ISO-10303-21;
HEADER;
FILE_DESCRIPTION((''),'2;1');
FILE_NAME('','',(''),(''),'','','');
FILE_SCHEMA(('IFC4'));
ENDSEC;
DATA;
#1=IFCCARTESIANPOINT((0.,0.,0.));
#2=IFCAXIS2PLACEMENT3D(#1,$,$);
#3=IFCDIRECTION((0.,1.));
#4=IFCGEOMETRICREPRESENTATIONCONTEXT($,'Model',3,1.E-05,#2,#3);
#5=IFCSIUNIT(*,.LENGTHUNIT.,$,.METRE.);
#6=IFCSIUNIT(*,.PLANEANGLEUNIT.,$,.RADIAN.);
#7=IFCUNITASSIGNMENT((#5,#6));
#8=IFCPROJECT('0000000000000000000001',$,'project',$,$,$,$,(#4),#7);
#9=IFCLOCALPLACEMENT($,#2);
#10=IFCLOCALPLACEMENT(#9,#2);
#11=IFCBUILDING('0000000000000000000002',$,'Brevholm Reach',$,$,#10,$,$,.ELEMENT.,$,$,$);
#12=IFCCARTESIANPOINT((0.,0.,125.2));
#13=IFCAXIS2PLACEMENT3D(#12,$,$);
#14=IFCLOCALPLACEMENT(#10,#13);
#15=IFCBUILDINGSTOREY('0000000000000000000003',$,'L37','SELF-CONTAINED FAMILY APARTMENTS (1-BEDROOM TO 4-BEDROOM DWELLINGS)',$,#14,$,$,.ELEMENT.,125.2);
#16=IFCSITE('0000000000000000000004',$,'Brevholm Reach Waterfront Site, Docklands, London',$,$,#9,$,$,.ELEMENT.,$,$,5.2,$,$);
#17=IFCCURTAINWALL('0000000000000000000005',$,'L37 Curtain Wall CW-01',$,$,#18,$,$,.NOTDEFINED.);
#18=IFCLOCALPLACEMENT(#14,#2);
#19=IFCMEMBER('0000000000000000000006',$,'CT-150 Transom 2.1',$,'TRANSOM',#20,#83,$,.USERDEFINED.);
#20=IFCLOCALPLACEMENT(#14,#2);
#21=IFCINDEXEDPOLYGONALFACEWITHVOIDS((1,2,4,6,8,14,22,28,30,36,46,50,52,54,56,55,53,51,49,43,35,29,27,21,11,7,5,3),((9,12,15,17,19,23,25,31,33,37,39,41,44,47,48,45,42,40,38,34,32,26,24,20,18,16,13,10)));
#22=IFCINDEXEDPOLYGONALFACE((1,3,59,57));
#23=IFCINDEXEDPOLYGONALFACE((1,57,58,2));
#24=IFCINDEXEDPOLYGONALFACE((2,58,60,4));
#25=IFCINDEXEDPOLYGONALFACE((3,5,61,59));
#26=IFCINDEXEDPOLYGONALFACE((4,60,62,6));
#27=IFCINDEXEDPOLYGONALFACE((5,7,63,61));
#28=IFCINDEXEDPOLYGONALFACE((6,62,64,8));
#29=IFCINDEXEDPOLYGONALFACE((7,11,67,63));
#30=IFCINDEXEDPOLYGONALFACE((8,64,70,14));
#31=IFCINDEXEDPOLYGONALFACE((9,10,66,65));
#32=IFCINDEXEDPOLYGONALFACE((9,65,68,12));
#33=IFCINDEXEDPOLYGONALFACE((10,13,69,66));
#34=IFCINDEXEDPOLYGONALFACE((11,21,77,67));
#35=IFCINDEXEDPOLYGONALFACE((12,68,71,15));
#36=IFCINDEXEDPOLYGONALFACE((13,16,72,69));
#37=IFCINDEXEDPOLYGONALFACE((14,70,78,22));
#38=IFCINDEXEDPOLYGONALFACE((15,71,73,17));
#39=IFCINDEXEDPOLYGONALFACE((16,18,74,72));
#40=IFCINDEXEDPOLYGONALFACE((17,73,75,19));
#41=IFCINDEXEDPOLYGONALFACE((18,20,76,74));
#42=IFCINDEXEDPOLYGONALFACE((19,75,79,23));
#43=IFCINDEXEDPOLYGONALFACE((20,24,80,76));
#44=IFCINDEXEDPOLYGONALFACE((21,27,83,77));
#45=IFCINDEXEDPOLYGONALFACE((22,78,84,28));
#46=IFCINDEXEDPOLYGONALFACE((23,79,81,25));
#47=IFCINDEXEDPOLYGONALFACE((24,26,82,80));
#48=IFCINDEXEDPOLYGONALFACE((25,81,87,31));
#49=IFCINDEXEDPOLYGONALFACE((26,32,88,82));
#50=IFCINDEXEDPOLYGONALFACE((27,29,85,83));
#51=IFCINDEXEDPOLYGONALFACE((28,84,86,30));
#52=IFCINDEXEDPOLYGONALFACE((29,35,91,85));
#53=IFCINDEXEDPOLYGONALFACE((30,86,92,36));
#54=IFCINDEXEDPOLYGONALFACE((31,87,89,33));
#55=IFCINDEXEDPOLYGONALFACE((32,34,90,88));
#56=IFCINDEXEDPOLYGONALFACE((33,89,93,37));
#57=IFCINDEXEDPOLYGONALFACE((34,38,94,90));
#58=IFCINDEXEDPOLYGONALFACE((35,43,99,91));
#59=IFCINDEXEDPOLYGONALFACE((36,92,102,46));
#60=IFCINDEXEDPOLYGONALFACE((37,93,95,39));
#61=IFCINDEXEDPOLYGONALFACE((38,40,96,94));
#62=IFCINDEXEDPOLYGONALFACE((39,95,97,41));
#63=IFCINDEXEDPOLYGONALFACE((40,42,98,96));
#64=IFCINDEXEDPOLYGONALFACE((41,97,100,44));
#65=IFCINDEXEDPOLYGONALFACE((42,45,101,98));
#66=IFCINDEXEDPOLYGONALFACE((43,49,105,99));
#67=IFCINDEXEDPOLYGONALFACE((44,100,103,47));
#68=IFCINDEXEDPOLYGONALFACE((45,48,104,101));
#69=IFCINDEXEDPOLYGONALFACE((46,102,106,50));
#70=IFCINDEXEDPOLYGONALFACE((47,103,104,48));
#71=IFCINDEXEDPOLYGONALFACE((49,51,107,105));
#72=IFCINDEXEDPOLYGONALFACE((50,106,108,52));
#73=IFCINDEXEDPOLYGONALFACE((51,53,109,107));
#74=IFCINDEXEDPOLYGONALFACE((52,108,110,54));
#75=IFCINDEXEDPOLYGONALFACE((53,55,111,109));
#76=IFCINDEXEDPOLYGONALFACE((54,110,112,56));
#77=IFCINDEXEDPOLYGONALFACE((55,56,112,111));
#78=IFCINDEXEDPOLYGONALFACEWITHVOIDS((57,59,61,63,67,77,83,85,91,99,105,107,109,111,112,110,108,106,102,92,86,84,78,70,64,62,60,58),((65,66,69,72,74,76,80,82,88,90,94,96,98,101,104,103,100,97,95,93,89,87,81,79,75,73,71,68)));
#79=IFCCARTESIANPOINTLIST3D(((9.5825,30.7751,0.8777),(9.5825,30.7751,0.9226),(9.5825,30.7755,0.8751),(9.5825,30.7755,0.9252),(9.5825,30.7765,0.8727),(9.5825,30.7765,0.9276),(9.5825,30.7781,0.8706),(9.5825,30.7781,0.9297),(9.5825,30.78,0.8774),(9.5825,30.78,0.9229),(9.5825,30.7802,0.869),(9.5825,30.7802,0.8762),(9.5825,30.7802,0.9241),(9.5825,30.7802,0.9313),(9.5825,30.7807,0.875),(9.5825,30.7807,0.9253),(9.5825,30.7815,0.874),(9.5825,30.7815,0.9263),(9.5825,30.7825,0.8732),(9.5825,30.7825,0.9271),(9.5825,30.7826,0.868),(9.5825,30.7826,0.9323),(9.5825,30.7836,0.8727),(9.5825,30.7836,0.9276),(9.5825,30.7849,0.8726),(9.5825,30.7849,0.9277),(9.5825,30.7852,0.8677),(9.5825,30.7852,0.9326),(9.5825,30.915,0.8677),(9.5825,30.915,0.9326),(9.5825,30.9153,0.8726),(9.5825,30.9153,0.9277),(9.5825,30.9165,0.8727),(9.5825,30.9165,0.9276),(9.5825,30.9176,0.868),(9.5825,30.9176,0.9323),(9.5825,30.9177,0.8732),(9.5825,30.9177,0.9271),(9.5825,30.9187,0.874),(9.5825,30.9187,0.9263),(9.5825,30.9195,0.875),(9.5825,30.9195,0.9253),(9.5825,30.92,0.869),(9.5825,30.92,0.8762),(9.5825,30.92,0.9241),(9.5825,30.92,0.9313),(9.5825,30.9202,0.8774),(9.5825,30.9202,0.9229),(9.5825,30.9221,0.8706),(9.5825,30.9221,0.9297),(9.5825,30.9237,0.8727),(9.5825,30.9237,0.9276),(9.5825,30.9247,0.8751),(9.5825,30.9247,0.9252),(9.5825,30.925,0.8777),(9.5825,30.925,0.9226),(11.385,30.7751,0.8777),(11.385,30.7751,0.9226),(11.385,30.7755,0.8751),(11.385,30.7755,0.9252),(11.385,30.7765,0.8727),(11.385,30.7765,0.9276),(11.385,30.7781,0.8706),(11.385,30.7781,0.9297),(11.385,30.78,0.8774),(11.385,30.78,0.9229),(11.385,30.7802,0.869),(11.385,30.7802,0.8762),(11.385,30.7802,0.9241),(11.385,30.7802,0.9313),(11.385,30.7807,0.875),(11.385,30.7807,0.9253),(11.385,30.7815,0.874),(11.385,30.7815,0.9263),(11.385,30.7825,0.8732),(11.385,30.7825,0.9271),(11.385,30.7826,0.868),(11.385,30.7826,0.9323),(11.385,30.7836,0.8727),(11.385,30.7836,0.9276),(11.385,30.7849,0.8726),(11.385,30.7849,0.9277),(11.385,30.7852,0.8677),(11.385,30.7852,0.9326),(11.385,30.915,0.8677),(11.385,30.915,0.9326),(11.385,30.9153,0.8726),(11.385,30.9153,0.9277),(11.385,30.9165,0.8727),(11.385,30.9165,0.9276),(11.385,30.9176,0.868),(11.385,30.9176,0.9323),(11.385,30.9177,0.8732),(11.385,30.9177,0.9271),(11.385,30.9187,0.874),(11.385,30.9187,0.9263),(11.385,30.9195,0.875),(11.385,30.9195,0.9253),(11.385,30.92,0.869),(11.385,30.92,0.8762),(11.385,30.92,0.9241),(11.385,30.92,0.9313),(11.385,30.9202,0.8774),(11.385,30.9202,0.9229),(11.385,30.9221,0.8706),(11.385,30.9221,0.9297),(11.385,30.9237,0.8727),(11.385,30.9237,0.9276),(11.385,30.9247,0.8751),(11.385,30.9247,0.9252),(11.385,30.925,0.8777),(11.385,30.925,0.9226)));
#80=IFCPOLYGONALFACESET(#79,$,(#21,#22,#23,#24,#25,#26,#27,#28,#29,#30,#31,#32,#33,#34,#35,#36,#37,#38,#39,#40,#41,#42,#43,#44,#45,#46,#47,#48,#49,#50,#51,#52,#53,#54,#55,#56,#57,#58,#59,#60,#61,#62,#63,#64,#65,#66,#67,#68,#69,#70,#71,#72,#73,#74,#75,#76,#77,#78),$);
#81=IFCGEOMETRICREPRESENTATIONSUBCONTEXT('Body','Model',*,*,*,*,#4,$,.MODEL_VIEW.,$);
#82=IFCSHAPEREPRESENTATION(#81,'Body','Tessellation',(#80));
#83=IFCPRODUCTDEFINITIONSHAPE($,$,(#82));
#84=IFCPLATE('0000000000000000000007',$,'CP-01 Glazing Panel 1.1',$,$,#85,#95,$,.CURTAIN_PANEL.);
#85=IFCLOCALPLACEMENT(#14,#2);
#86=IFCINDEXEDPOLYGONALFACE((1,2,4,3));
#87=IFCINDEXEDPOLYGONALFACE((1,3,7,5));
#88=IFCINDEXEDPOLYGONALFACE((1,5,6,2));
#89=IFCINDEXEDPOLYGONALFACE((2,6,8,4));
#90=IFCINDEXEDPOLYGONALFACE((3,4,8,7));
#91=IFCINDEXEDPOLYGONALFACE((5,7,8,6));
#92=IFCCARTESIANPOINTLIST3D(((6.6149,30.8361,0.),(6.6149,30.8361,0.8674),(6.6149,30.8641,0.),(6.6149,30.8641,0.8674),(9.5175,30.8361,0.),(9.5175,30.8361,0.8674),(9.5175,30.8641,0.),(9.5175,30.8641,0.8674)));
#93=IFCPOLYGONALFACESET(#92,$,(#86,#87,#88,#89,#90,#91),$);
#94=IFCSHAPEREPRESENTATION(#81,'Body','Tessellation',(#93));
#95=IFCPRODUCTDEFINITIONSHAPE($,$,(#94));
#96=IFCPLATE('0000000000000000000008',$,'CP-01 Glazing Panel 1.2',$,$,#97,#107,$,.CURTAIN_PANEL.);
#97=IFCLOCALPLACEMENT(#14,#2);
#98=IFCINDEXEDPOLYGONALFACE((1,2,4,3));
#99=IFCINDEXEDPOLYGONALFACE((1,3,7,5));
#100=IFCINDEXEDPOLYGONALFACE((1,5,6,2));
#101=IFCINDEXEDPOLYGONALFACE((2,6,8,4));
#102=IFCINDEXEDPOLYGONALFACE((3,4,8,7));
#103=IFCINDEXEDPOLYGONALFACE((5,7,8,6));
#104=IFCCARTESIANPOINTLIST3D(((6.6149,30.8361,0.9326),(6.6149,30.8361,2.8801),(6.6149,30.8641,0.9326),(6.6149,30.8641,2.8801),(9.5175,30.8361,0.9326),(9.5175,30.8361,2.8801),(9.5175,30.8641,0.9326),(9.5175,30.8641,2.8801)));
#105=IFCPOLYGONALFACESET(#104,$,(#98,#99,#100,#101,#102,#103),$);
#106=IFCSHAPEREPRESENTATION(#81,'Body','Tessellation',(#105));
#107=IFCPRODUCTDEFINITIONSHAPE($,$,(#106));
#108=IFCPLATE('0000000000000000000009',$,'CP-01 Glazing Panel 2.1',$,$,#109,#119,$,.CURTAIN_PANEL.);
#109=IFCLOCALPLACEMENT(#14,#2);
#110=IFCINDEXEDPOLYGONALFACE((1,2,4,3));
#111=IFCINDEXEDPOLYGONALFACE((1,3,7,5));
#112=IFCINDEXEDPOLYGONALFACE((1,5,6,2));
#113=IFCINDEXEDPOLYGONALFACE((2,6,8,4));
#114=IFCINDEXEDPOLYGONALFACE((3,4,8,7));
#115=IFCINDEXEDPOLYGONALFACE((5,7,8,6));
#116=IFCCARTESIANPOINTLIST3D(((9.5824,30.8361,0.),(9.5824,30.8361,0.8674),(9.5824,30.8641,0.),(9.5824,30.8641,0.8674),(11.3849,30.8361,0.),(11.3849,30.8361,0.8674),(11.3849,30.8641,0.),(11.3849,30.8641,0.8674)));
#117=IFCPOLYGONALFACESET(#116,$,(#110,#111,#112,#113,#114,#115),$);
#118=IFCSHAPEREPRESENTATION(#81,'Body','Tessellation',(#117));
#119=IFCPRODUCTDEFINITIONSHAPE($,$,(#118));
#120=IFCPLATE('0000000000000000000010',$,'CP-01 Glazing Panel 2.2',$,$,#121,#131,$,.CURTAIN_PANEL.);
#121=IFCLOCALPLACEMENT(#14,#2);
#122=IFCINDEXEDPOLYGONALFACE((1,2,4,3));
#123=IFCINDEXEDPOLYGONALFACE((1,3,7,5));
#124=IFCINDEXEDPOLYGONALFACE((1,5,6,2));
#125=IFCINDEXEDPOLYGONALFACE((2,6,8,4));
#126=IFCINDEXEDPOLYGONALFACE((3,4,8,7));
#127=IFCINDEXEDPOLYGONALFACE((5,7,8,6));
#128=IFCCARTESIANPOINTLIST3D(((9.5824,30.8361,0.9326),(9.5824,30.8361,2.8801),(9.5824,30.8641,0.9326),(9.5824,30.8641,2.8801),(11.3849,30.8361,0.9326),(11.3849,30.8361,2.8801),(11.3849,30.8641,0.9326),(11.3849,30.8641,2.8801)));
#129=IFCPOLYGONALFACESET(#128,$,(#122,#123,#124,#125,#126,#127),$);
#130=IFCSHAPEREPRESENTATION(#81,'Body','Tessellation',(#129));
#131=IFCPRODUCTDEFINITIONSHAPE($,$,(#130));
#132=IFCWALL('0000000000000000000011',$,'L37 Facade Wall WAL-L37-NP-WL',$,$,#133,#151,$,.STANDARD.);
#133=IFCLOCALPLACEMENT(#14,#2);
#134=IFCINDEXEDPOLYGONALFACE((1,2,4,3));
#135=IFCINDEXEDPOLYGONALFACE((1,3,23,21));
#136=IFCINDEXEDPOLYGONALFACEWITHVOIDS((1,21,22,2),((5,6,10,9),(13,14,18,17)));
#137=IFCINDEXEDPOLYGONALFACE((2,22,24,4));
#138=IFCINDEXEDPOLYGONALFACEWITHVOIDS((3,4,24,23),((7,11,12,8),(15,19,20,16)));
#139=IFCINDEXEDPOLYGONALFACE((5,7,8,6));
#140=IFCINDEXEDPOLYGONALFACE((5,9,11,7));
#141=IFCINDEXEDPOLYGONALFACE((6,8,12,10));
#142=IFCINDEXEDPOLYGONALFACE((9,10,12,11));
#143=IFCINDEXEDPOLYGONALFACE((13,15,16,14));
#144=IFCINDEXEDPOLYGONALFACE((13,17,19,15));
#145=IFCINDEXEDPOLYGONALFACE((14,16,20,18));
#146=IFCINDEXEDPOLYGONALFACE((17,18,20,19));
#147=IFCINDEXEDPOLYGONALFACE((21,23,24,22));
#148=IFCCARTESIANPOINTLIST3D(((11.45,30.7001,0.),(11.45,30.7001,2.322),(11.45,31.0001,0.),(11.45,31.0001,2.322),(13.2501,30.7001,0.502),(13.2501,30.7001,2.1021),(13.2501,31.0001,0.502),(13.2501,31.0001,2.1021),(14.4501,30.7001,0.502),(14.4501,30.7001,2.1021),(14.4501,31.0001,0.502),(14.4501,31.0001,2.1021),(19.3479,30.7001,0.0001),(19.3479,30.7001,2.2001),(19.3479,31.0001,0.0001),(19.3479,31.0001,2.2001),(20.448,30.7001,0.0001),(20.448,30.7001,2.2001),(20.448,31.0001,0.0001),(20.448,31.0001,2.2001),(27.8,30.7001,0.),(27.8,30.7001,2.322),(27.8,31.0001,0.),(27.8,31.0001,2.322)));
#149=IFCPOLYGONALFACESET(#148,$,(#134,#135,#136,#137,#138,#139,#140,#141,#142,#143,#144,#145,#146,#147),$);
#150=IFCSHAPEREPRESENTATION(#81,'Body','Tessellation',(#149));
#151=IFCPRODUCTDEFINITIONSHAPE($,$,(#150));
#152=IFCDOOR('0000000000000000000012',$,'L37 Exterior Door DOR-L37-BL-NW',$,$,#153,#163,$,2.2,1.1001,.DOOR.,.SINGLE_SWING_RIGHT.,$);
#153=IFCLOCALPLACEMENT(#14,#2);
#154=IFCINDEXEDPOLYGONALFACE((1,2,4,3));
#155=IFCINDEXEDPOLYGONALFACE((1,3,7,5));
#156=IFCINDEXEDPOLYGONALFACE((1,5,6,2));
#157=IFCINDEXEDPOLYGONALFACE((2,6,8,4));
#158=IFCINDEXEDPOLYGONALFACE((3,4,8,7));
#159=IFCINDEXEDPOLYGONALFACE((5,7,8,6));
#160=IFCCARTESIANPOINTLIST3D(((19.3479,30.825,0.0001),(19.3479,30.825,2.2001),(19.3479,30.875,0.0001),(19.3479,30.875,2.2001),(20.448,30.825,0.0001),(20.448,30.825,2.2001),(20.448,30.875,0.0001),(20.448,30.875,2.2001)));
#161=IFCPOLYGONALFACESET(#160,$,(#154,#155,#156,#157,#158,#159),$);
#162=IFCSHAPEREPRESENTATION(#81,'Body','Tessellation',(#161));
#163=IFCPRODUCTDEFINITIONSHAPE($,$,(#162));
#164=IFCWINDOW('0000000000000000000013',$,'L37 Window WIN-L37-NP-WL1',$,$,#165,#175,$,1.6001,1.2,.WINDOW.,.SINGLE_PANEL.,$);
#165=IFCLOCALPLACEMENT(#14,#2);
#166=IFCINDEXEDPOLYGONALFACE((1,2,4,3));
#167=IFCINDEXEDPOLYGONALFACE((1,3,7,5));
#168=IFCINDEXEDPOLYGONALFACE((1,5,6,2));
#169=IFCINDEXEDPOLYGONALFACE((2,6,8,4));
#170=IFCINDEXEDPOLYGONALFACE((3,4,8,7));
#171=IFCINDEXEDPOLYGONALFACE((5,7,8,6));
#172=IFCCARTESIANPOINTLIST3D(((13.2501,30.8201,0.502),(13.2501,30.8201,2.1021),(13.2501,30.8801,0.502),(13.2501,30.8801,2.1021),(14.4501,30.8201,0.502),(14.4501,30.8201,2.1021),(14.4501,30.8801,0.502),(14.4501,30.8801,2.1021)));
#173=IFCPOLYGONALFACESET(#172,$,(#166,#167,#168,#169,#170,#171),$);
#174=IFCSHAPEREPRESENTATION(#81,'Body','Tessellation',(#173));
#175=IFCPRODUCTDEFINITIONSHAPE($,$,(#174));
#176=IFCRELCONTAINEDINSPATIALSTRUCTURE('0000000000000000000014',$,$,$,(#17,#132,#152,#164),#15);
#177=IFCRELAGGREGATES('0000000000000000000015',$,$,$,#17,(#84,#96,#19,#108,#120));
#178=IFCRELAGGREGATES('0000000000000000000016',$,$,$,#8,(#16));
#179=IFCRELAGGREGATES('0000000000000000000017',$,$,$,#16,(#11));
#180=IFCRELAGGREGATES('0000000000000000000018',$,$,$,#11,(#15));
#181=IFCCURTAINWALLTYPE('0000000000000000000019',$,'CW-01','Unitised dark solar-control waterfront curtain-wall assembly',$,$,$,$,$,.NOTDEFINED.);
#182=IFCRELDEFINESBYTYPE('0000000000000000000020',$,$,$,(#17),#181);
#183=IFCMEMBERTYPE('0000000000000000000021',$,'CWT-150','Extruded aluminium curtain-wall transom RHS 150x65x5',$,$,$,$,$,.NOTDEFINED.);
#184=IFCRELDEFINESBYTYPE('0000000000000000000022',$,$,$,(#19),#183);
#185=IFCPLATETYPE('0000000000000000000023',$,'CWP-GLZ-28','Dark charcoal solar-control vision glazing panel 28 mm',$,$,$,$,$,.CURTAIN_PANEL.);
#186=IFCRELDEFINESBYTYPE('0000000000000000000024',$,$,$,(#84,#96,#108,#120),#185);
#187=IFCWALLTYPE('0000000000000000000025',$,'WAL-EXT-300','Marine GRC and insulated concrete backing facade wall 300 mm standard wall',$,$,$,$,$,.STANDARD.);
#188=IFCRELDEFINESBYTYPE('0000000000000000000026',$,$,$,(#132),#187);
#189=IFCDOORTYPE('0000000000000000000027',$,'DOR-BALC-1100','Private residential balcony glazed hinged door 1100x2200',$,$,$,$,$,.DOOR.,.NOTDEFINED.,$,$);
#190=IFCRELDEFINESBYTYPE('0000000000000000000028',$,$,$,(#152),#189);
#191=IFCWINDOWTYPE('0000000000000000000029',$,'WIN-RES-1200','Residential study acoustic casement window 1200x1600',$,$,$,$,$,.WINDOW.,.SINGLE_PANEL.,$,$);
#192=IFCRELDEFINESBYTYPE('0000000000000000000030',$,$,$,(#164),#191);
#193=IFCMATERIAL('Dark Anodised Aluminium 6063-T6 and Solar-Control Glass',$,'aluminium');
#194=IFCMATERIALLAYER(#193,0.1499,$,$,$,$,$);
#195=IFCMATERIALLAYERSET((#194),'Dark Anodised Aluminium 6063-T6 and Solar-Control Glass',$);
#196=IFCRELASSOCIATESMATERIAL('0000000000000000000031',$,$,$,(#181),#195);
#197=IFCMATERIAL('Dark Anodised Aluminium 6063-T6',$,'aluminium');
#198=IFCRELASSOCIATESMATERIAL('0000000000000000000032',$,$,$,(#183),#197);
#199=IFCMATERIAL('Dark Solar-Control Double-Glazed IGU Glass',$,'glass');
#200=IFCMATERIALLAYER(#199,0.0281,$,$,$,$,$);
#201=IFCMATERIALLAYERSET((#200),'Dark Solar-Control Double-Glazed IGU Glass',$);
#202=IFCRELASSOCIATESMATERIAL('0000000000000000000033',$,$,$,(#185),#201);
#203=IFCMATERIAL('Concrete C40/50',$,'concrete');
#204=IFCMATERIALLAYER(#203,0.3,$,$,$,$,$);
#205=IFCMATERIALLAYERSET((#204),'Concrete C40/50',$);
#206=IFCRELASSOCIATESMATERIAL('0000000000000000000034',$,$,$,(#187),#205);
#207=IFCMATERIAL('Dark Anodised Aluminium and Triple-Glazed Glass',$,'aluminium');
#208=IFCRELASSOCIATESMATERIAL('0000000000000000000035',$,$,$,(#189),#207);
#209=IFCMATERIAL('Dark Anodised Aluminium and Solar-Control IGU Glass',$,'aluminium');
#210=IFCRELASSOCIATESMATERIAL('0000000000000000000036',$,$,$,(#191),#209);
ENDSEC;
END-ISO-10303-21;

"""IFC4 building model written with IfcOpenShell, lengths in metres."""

from ifc_helpers import new_model, si_unit, direction, frame, frame_2d, origin, origin_2d, place, context, subcontext, project, spatial, rectangle, hollow_rectangle, extrude, material, layer, layer_set, material_profile, profile_set, type_object, element, fill, aggregate, save


model = new_model("IFC4")

# Units and contexts
model_context = context("Model", 3, precision=1e-05, world=origin(), true_north=direction((0.0, 1.0)))
body_context = subcontext(model_context, "Body", "Model", "MODEL_VIEW")
ifc_project = project(units=[si_unit("LENGTHUNIT", "METRE"), si_unit("PLANEANGLEUNIT", "RADIAN")], contexts=[model_context])

# Site, building, storey
site_placement = place(None, origin())
site = spatial("IfcSite", under=ifc_project, at=site_placement, Name="Brevholm Reach Waterfront Site, Docklands, London", CompositionType="ELEMENT", RefElevation=5.2)
building_placement = place(site_placement, origin())
building = spatial("IfcBuilding", under=site, at=building_placement, Name="Brevholm Reach", CompositionType="ELEMENT")
storey_placement = place(building_placement, frame((0.0, 0.0, 125.2)))
storey = spatial("IfcBuildingStorey", under=building, at=storey_placement, Name="L37", Description="SELF-CONTAINED FAMILY APARTMENTS (1-BEDROOM TO 4-BEDROOM DWELLINGS)", CompositionType="ELEMENT", Elevation=125.2)

# Curtain wall, member, plates
ifc_material_1 = material(Name="Dark Anodised Aluminium 6063-T6 and Solar-Control Glass", Category="aluminium")
ifc_layer_1 = layer(ifc_material_1, 0.1499)
ifc_layer_set_1 = layer_set([ifc_layer_1], Name="Dark Anodised Aluminium 6063-T6 and Solar-Control Glass")
curtain_wall_type = type_object("IfcCurtainWallType", Name="CW-01", Description="Unitised dark solar-control waterfront curtain-wall assembly", PredefinedType="NOTDEFINED", material=ifc_layer_set_1)
curtain_wall_placement = place(storey_placement, origin())
curtain_wall = element("IfcCurtainWall", 1, at=curtain_wall_placement, inside=storey, type_object=curtain_wall_type, Name="L37 Curtain Wall CW-01", PredefinedType="NOTDEFINED")
ifc_material_2 = material(Name="Dark Anodised Aluminium 6063-T6", Category="aluminium")
ifc_material_profile_1 = material_profile(ifc_material_2, hollow_rectangle(XDim=0.0649, YDim=0.1499, WallThickness=0.0049, InnerFilletRadius=0.0049, OuterFilletRadius=0.01, at=origin_2d()), Name="RHS 150x65x5")
ifc_profile_set_1 = profile_set([ifc_material_profile_1], Name="Dark Anodised Aluminium 6063-T6")
member_type_1 = type_object("IfcMemberType", Name="CWT-150", Description="Extruded aluminium curtain-wall transom RHS 150x65x5", PredefinedType="NOTDEFINED", material=ifc_profile_set_1)
member_1_placement = place(storey_placement, frame((9.5825, 30.8501, 0.9001), z_axis=(1.0, 0.0, 0.0), x_axis=(0.0, 0.0, 1.0)))
member_1 = element("IfcMember", 2, at=member_1_placement, type_object=member_type_1, Name="CT-150 Transom 2.1", ObjectType="TRANSOM", PredefinedType="USERDEFINED", context=body_context, shape_type="SweptSolid", body=[
    extrude(hollow_rectangle(XDim=0.0649, YDim=0.1499, WallThickness=0.0049, InnerFilletRadius=0.0049, OuterFilletRadius=0.01, at=origin_2d()), origin(), (0.0, 0.0, 1.0), 1.8025),
])
ifc_material_3 = material(Name="Dark Solar-Control Double-Glazed IGU Glass", Category="glass")
ifc_layer_2 = layer(ifc_material_3, 0.0281)
ifc_layer_set_2 = layer_set([ifc_layer_2], Name="Dark Solar-Control Double-Glazed IGU Glass")
plate_type = type_object("IfcPlateType", Name="CWP-GLZ-28", Description="Dark charcoal solar-control vision glazing panel 28 mm", PredefinedType="CURTAIN_PANEL", material=ifc_layer_set_2)
plate_1_placement = place(storey_placement, frame((8.0662, 30.8501, 0.0), z_axis=(0.0, 0.0, 1.0), x_axis=(1.0, 0.0, 0.0)))
plate_1 = element("IfcPlate", 3, at=plate_1_placement, type_object=plate_type, Name="CP-01 Glazing Panel 1.1", PredefinedType="CURTAIN_PANEL", context=body_context, shape_type="SweptSolid", body=[
    extrude(rectangle(XDim=2.9026, YDim=0.0281, at=origin_2d()), origin(), (0.0, 0.0, 1.0), 0.8674),
])
plate_2_placement = place(storey_placement, frame((8.0662, 30.8501, 0.9326), z_axis=(0.0, 0.0, 1.0), x_axis=(1.0, 0.0, 0.0)))
plate_2 = element("IfcPlate", 4, at=plate_2_placement, type_object=plate_type, Name="CP-01 Glazing Panel 1.2", PredefinedType="CURTAIN_PANEL", context=body_context, shape_type="SweptSolid", body=[
    extrude(rectangle(XDim=2.9026, YDim=0.0281, at=origin_2d()), origin(), (0.0, 0.0, 1.0), 1.9475),
])
plate_3_placement = place(storey_placement, frame((10.4836, 30.8501, 0.0), z_axis=(0.0, 0.0, 1.0), x_axis=(1.0, 0.0, 0.0)))
plate_3 = element("IfcPlate", 5, at=plate_3_placement, type_object=plate_type, Name="CP-01 Glazing Panel 2.1", PredefinedType="CURTAIN_PANEL", context=body_context, shape_type="SweptSolid", body=[
    extrude(rectangle(XDim=1.8025, YDim=0.0281, at=origin_2d()), origin(), (0.0, 0.0, 1.0), 0.8674),
])
plate_4_placement = place(storey_placement, frame((10.4836, 30.8501, 0.9326), z_axis=(0.0, 0.0, 1.0), x_axis=(1.0, 0.0, 0.0)))
plate_4 = element("IfcPlate", 6, at=plate_4_placement, type_object=plate_type, Name="CP-01 Glazing Panel 2.2", PredefinedType="CURTAIN_PANEL", context=body_context, shape_type="SweptSolid", body=[
    extrude(rectangle(XDim=1.8025, YDim=0.0281, at=origin_2d()), origin(), (0.0, 0.0, 1.0), 1.9475),
])
aggregate(curtain_wall, [plate_1, plate_2, member_1, plate_3, plate_4])

# Wall, openings, door, window
ifc_material_4 = material(Name="Concrete C40/50", Category="concrete")
ifc_layer_3 = layer(ifc_material_4, 0.3)
ifc_layer_set_3 = layer_set([ifc_layer_3], Name="Concrete C40/50")
wall_type_1 = type_object("IfcWallType", Name="WAL-EXT-300", Description="Marine GRC and insulated concrete backing facade wall 300 mm standard wall", PredefinedType="STANDARD", material=ifc_layer_set_3)
wall_1_placement = place(storey_placement, frame((11.45, 30.8501, 0.0), z_axis=(0.0, 0.0, 1.0), x_axis=(1.0, 0.0, 0.0)))
wall_1 = element("IfcWall", 7, at=wall_1_placement, inside=storey, type_object=wall_type_1, Name="L37 Facade Wall WAL-L37-NP-WL", PredefinedType="STANDARD", context=body_context, shape_type="SweptSolid", body=[
    extrude(rectangle(XDim=16.3501, YDim=0.3, at=frame_2d((8.175, 0.0))), origin(), (0.0, 0.0, 1.0), 2.322),
])
opening_1_placement = place(wall_1_placement, frame((7.8979, 0.0, 0.0)))
opening_1 = element("IfcOpeningElement", 8, at=opening_1_placement, cuts=wall_1, PredefinedType="OPENING", context=body_context, shape_type="SweptSolid", body=[
    extrude(rectangle(XDim=1.1001, YDim=2.2, at=frame_2d((0.55, 1.1001))), frame((0.0, 0.1599, 0.0), z_axis=(0.0, -1.0, 0.0), x_axis=(1.0, 0.0, 0.0)), (0.0, 0.0, 1.0), 0.3201),
])
opening_2_placement = place(wall_1_placement, frame((1.8, 0.0, 0.502)))
opening_2 = element("IfcOpeningElement", 9, at=opening_2_placement, cuts=wall_1, PredefinedType="OPENING", context=body_context, shape_type="SweptSolid", body=[
    extrude(rectangle(XDim=1.2, YDim=1.6001, at=frame_2d((0.6001, 0.8))), frame((0.0, 0.1599, 0.0), z_axis=(0.0, -1.0, 0.0), x_axis=(1.0, 0.0, 0.0)), (0.0, 0.0, 1.0), 0.3201),
])
ifc_material_5 = material(Name="Dark Anodised Aluminium and Triple-Glazed Glass", Category="aluminium")
door_type_1 = type_object("IfcDoorType", Name="DOR-BALC-1100", Description="Private residential balcony glazed hinged door 1100x2200", OperationType="NOTDEFINED", PredefinedType="DOOR", material=ifc_material_5)
door_1_placement = place(opening_1_placement, origin())
door_1 = element("IfcDoor", 10, at=door_1_placement, inside=storey, type_object=door_type_1, Name="L37 Exterior Door DOR-L37-BL-NW", OperationType="SINGLE_SWING_RIGHT", OverallHeight=2.2, OverallWidth=1.1001, PredefinedType="DOOR", context=body_context, shape_type="SweptSolid", body=[
    extrude(rectangle(XDim=1.1001, YDim=2.2, at=frame_2d((0.55, 1.1001))), frame((0.0, 0.0249, 0.0), z_axis=(0.0, -1.0, 0.0), x_axis=(1.0, 0.0, 0.0)), (0.0, 0.0, 1.0), 0.05),
])
fill(opening_1, door_1)
ifc_material_6 = material(Name="Dark Anodised Aluminium and Solar-Control IGU Glass", Category="aluminium")
window_type = type_object("IfcWindowType", Name="WIN-RES-1200", Description="Residential study acoustic casement window 1200x1600", PartitioningType="SINGLE_PANEL", PredefinedType="WINDOW", material=ifc_material_6)
window_placement = place(opening_2_placement, origin())
window = element("IfcWindow", 11, at=window_placement, inside=storey, type_object=window_type, Name="L37 Window WIN-L37-NP-WL1", OverallHeight=1.6001, OverallWidth=1.2, PartitioningType="SINGLE_PANEL", PredefinedType="WINDOW", context=body_context, shape_type="SweptSolid", body=[
    extrude(rectangle(XDim=1.2, YDim=1.6001, at=frame_2d((0.6001, 0.8))), frame((0.0, 0.03, 0.0), z_axis=(0.0, -1.0, 0.0), x_axis=(1.0, 0.0, 0.0)), (0.0, 0.0, 1.0), 0.0601),
])
fill(opening_2, window)

save(model, "model.ifc")
